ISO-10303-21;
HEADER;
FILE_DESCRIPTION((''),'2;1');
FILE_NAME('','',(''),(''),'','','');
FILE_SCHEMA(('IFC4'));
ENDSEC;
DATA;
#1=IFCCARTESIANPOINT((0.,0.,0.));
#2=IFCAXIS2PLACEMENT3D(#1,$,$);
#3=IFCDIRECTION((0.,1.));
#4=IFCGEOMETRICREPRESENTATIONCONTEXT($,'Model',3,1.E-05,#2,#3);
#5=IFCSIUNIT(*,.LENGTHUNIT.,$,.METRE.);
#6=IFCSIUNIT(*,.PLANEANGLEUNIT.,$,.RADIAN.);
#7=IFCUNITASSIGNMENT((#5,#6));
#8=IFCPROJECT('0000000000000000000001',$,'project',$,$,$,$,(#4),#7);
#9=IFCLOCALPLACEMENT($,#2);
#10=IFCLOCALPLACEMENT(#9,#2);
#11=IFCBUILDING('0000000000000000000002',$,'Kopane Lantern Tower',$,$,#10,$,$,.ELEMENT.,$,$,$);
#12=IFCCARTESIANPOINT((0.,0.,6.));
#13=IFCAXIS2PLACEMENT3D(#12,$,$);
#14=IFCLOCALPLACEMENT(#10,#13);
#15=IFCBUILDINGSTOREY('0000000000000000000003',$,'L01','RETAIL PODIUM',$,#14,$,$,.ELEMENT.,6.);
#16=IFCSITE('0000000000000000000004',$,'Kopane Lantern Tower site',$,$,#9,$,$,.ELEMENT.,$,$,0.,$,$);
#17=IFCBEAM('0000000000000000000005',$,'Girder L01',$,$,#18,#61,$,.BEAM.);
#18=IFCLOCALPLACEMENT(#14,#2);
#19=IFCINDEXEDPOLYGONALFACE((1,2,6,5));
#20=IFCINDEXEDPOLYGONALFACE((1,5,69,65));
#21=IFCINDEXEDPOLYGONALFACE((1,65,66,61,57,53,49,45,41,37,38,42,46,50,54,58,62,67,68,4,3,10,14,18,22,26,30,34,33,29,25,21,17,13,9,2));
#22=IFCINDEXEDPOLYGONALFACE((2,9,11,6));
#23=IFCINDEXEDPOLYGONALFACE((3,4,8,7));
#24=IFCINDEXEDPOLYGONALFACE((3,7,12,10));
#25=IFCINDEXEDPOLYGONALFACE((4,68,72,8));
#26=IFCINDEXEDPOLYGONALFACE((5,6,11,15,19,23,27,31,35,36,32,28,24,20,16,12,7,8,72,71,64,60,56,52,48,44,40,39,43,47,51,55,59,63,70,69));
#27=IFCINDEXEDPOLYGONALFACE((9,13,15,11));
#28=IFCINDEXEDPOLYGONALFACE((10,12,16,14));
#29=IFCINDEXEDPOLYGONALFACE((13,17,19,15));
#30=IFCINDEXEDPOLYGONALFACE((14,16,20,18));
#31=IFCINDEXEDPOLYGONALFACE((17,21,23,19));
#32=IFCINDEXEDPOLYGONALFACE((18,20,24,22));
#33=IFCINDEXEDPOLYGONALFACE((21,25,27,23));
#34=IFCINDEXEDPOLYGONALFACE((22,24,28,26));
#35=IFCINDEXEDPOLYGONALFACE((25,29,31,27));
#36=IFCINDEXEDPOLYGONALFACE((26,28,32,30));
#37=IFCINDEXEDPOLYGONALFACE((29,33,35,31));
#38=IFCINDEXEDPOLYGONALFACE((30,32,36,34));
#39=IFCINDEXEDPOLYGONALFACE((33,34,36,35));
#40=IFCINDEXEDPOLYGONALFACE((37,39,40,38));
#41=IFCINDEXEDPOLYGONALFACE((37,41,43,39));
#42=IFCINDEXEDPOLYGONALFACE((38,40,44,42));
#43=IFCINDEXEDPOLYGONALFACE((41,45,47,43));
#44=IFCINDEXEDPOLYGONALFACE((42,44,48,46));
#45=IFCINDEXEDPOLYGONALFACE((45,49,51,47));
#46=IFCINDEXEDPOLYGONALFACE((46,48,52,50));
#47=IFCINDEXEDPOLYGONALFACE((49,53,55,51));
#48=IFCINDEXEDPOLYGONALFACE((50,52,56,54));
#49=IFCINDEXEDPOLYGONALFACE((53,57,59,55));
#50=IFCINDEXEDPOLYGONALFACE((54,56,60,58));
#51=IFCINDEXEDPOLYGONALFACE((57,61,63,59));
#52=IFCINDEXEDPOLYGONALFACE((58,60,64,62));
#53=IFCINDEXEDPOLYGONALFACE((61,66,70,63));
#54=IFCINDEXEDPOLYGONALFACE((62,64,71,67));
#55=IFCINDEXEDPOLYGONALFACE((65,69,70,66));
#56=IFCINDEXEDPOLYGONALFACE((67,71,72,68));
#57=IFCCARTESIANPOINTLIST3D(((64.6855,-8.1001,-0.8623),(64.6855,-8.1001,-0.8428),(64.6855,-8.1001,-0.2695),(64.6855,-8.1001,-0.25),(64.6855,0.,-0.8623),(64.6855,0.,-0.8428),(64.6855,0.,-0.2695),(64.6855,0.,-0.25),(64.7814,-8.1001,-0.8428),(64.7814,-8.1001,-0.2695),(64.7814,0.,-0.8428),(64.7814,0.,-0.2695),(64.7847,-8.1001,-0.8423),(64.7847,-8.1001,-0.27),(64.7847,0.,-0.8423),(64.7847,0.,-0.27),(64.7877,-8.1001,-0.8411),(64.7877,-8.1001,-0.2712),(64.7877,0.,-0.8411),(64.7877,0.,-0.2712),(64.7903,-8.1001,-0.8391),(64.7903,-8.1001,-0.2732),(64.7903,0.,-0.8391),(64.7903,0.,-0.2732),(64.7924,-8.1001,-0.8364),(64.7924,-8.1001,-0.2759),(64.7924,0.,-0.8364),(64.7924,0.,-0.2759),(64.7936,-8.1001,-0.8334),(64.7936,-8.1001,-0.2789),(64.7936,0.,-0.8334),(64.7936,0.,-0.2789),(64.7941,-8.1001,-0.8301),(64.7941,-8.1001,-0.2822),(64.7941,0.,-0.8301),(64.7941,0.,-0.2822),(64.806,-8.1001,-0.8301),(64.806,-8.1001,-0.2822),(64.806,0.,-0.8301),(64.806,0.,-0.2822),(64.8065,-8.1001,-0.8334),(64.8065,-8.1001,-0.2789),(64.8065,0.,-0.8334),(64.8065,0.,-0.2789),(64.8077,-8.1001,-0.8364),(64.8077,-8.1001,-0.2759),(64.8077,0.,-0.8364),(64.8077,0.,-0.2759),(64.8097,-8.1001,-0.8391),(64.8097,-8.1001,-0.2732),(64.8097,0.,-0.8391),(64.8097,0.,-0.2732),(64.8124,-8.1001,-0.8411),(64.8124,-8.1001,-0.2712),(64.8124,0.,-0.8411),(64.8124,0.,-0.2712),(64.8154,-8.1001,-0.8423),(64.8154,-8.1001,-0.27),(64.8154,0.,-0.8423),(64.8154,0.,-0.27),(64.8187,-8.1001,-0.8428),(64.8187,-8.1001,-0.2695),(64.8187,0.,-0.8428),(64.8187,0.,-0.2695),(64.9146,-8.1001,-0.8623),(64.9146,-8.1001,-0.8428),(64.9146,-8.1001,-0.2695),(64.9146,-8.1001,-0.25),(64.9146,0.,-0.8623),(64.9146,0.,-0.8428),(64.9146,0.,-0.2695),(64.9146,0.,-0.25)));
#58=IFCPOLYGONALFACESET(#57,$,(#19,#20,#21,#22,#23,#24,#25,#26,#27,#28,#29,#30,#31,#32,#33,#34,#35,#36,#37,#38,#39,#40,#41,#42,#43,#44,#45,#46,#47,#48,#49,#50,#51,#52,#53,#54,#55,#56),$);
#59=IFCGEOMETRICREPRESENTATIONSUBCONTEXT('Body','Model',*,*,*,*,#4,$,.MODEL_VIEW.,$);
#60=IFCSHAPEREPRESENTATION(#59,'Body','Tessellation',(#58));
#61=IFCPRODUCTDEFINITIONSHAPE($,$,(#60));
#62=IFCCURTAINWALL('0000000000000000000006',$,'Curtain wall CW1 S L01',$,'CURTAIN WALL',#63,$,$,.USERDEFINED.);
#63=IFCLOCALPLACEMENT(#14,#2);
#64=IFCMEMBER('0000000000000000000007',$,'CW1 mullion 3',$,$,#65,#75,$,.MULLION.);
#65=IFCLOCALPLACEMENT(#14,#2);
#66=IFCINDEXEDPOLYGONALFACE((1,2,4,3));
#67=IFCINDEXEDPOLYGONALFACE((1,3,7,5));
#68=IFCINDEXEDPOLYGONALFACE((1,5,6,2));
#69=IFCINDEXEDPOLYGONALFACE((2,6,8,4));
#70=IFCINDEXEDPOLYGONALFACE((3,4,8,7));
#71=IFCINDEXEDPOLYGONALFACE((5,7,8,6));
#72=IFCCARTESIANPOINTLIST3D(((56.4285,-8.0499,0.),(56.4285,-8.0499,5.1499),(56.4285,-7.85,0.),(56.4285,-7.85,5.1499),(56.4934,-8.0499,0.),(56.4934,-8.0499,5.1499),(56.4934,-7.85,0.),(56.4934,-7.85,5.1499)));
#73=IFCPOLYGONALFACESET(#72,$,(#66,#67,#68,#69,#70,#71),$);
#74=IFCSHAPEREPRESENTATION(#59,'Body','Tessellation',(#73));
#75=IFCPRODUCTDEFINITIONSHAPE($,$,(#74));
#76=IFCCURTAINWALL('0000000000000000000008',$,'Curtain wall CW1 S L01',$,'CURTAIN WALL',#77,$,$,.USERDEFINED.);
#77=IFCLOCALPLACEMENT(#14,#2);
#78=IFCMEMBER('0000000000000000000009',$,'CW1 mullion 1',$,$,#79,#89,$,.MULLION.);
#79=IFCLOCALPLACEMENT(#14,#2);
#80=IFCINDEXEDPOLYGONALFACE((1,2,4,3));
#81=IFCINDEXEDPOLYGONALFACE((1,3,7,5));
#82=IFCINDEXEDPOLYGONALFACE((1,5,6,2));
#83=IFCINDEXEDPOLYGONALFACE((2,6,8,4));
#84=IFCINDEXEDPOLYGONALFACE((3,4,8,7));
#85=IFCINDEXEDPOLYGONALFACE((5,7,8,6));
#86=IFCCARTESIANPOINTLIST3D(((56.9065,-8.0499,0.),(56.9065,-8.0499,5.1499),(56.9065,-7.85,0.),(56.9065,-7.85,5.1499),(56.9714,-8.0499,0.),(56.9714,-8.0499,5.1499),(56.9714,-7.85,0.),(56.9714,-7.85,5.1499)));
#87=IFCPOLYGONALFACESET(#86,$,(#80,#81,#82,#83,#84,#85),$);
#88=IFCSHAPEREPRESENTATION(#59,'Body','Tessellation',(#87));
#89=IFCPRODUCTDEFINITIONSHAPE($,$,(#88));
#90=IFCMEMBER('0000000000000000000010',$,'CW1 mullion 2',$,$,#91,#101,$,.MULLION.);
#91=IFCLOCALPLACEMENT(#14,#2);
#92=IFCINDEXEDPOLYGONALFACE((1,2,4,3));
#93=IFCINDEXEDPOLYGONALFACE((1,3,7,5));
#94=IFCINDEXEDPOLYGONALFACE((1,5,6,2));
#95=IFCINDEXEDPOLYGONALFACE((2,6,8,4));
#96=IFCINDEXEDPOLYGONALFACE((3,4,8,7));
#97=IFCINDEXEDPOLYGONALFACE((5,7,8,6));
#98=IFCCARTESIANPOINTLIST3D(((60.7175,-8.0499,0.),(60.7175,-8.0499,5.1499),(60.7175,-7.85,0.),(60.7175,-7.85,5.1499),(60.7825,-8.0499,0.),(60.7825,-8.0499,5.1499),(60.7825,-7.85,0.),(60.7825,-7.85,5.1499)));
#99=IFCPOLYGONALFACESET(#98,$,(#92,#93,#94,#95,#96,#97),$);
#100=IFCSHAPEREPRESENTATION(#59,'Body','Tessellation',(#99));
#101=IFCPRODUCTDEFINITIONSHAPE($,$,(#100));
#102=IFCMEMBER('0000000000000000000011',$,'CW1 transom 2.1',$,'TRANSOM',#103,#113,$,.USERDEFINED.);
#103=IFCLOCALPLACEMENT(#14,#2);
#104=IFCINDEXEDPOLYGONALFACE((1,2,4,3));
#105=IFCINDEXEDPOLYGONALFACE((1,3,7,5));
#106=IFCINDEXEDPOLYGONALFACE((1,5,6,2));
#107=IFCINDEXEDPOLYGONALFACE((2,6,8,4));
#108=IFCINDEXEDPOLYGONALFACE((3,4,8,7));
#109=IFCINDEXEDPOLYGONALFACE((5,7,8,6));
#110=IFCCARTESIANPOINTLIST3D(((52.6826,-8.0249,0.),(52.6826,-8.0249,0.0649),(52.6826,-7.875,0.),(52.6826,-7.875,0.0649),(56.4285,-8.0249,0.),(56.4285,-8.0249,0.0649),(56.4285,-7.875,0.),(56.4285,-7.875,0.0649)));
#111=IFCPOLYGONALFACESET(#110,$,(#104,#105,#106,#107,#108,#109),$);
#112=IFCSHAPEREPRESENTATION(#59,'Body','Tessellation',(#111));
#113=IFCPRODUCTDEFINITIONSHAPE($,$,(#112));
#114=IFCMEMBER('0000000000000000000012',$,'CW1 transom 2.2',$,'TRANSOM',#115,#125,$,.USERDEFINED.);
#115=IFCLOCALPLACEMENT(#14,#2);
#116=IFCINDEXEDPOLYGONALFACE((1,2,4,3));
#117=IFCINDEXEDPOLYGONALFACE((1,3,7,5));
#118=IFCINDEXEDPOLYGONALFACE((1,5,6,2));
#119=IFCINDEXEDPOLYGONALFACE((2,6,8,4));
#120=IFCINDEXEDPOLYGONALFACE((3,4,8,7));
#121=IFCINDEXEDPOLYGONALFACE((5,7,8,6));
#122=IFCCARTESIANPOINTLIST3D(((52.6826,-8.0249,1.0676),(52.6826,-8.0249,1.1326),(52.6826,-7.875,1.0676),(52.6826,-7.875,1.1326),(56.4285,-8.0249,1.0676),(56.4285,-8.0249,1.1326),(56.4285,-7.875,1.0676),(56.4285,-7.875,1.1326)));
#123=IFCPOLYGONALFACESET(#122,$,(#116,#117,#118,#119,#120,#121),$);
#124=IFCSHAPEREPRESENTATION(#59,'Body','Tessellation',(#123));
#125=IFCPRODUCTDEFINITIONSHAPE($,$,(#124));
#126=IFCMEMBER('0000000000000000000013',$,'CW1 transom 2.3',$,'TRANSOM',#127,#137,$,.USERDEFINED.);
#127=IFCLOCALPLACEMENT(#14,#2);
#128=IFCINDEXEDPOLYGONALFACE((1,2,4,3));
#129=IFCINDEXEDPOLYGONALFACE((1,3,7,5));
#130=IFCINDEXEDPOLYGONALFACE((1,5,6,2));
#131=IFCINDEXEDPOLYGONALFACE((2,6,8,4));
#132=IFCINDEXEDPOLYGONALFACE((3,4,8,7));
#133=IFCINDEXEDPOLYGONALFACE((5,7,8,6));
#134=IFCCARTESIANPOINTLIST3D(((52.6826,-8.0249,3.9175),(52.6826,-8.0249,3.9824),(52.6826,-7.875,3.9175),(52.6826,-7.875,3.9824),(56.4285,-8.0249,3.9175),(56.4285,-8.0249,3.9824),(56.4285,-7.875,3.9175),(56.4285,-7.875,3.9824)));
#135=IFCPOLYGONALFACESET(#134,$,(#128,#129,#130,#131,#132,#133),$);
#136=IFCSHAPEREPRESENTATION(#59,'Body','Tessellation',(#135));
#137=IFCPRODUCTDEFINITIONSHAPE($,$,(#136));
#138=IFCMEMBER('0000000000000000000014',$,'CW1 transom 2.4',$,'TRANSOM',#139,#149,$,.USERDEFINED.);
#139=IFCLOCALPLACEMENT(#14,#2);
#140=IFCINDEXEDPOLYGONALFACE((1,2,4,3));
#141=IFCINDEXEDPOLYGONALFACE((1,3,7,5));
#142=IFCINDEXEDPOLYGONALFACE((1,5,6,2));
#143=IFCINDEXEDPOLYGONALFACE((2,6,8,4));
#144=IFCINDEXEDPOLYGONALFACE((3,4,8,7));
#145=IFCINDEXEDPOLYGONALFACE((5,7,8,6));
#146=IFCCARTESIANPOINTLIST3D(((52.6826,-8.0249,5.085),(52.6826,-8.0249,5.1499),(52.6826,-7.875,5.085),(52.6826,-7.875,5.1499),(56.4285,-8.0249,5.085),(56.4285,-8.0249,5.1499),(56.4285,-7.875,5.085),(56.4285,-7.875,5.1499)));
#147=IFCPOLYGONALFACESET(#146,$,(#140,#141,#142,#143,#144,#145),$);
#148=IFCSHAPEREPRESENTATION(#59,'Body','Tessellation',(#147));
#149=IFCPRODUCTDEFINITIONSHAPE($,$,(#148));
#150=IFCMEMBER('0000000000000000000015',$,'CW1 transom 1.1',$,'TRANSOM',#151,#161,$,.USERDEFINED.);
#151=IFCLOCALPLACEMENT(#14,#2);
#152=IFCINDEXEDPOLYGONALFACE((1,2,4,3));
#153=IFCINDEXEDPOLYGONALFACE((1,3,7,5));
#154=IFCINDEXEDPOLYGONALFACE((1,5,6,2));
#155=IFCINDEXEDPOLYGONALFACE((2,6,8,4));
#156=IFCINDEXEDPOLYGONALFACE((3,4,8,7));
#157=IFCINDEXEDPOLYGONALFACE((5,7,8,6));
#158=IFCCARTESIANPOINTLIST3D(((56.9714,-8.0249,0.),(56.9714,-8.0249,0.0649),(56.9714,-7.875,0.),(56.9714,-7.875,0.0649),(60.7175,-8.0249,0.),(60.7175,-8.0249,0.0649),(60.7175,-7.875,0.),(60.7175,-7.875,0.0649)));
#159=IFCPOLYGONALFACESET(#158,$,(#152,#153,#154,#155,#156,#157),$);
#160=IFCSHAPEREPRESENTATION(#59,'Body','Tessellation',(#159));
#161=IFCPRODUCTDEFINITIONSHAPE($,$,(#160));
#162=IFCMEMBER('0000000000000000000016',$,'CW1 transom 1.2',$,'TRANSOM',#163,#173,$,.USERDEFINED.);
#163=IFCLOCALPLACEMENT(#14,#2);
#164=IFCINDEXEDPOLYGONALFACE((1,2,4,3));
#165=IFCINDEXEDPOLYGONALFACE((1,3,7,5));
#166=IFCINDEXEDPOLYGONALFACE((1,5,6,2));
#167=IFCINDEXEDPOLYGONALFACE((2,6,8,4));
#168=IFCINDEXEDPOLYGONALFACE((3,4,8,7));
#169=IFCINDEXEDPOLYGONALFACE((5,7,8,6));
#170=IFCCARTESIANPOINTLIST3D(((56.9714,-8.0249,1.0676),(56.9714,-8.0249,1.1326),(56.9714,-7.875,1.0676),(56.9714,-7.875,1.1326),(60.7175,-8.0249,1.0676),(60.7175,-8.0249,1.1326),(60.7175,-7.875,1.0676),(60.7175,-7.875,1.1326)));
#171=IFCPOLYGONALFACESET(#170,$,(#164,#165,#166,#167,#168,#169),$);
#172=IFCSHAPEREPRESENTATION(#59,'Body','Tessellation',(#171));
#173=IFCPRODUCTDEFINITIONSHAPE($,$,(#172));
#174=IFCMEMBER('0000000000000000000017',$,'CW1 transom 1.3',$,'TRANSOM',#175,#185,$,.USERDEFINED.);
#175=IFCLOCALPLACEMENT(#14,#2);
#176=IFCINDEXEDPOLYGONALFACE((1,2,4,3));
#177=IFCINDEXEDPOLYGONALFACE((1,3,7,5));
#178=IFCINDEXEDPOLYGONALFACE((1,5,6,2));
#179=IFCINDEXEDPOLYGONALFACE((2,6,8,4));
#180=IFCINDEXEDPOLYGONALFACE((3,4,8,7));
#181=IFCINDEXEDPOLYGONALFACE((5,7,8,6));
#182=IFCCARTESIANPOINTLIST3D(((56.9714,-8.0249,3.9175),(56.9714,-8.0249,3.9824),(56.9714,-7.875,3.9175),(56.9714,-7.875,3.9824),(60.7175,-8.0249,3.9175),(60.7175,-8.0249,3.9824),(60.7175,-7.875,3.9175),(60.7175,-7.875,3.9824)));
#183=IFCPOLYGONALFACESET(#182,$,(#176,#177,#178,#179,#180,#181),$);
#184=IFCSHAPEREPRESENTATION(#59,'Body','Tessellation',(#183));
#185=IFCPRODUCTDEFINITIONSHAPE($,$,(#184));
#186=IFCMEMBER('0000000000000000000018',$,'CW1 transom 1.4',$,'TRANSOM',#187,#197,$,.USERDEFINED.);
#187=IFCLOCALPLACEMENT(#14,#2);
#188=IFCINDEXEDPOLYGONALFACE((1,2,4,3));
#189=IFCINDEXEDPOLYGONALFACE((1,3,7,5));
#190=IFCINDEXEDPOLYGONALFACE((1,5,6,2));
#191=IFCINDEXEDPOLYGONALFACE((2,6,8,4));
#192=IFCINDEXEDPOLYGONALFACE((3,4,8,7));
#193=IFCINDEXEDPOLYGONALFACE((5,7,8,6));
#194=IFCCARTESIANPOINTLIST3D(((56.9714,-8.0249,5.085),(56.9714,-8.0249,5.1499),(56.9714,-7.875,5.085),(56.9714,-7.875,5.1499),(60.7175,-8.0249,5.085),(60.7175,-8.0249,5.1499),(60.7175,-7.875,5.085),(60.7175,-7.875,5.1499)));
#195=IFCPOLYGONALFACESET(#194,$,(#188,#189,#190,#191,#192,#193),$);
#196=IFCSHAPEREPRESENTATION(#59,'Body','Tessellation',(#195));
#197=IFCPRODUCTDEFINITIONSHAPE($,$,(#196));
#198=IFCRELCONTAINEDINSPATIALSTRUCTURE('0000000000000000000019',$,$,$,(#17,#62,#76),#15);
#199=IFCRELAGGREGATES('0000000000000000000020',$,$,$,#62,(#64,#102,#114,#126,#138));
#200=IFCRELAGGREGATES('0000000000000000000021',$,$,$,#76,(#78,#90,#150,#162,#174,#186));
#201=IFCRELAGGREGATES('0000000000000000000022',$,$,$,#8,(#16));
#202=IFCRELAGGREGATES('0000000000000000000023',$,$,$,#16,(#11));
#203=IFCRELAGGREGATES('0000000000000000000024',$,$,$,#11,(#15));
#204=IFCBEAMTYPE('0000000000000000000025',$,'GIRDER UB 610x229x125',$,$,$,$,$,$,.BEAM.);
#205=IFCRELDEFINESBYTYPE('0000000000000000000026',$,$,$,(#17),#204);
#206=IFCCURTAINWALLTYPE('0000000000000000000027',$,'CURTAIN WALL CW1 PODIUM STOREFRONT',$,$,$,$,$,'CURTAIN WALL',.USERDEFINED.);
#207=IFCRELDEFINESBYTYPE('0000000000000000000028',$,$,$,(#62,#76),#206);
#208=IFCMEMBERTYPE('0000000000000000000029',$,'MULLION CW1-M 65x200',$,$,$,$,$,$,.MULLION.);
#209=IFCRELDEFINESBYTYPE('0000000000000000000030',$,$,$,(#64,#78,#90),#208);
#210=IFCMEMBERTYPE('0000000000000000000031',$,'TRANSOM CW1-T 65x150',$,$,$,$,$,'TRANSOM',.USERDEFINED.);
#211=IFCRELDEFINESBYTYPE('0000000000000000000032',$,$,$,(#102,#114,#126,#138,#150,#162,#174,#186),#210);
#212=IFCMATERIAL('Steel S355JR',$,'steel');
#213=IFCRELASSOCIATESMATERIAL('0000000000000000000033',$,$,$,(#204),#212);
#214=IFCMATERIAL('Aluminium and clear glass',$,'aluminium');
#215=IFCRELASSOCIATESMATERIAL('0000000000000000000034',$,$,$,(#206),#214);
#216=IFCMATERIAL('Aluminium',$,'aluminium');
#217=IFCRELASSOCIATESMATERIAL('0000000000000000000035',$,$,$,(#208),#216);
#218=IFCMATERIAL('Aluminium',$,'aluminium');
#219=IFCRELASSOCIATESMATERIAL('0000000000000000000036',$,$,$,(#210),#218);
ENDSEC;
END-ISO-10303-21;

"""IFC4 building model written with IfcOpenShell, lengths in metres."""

from ifc_helpers import new_model, si_unit, direction, frame, origin, origin_2d, place, context, subcontext, project, spatial, rectangle, i_section, extrude, material, material_profile, profile_set, type_object, element, aggregate, save


model = new_model("IFC4")

# Units and contexts
model_context = context("Model", 3, precision=1e-05, world=origin(), true_north=direction((0.0, 1.0)))
body_context = subcontext(model_context, "Body", "Model", "MODEL_VIEW")
ifc_project = project(units=[si_unit("LENGTHUNIT", "METRE"), si_unit("PLANEANGLEUNIT", "RADIAN")], contexts=[model_context])

# Site, building, storey
site_placement = place(None, origin())
site = spatial("IfcSite", under=ifc_project, at=site_placement, Name="Kopane Lantern Tower site", CompositionType="ELEMENT", RefElevation=0.0)
building_placement = place(site_placement, origin())
building = spatial("IfcBuilding", under=site, at=building_placement, Name="Kopane Lantern Tower", CompositionType="ELEMENT")
storey_placement = place(building_placement, frame((0.0, 0.0, 6.0)))
storey = spatial("IfcBuildingStorey", under=building, at=storey_placement, Name="L01", Description="RETAIL PODIUM", CompositionType="ELEMENT", Elevation=6.0)

# Beam
ifc_material_1 = material(Name="Steel S355JR", Category="steel")
ifc_material_profile_1 = material_profile(ifc_material_1, i_section(OverallWidth=0.229, OverallDepth=0.6123, WebThickness=0.012, FlangeThickness=0.0195, FilletRadius=0.0127, at=origin_2d()), Name="UB 610x229x125")
ifc_profile_set_1 = profile_set([ifc_material_profile_1], Name="Steel S355JR")
beam_type = type_object("IfcBeamType", Name="GIRDER UB 610x229x125", PredefinedType="BEAM", material=ifc_profile_set_1)
for number, where, z_axis, x_axis, name in (
    (1, (64.8, -8.1001, -0.5562), (0.0, 1.0, 0.0), (-1.0, 0.0, 0.0), "Girder L01"),
):
    element("IfcBeam", number, at=place(storey_placement, frame(where, z_axis=z_axis, x_axis=x_axis)), inside=storey, type_object=beam_type, Name=name, PredefinedType="BEAM", context=body_context, shape_type="SweptSolid", body=[
        extrude(i_section(OverallWidth=0.229, OverallDepth=0.6123, WebThickness=0.012, FlangeThickness=0.0195, FilletRadius=0.0127, at=origin_2d()), origin(), (0.0, 0.0, 1.0), 8.1001),
    ])

# Curtain wall, member
ifc_material_2 = material(Name="Aluminium and clear glass", Category="aluminium")
curtain_wall_type = type_object("IfcCurtainWallType", Name="CURTAIN WALL CW1 PODIUM STOREFRONT", ElementType="CURTAIN WALL", PredefinedType="USERDEFINED", material=ifc_material_2)
curtain_wall_1_placement = place(storey_placement, origin())
curtain_wall_1 = element("IfcCurtainWall", 2, at=curtain_wall_1_placement, inside=storey, type_object=curtain_wall_type, Name="Curtain wall CW1 S L01", ObjectType="CURTAIN WALL", PredefinedType="USERDEFINED")
ifc_material_3 = material(Name="Aluminium", Category="aluminium")
ifc_material_profile_2 = material_profile(ifc_material_3, rectangle(XDim=0.0649, YDim=0.2, at=origin_2d()), Name="AL 65x200")
ifc_profile_set_2 = profile_set([ifc_material_profile_2], Name="Aluminium")
member_type_1 = type_object("IfcMemberType", Name="MULLION CW1-M 65x200", PredefinedType="MULLION", material=ifc_profile_set_2)
member_1_placement = place(storey_placement, frame((56.4609, -7.95, 0.0), z_axis=(0.0, 0.0, 1.0), x_axis=(1.0, 0.0, 0.0)))
member_1 = element("IfcMember", 3, at=member_1_placement, type_object=member_type_1, Name="CW1 mullion 3", PredefinedType="MULLION", context=body_context, shape_type="SweptSolid", body=[
    extrude(rectangle(XDim=0.0649, YDim=0.2, at=origin_2d()), origin(), (0.0, 0.0, 1.0), 5.1499),
])

# Curtain wall, members
curtain_wall_2_placement = place(storey_placement, origin())
curtain_wall_2 = element("IfcCurtainWall", 4, at=curtain_wall_2_placement, inside=storey, type_object=curtain_wall_type, Name="Curtain wall CW1 S L01", ObjectType="CURTAIN WALL", PredefinedType="USERDEFINED")
member_2_placement = place(storey_placement, frame((56.939, -7.95, 0.0), z_axis=(0.0, 0.0, 1.0), x_axis=(1.0, 0.0, 0.0)))
member_2 = element("IfcMember", 5, at=member_2_placement, type_object=member_type_1, Name="CW1 mullion 1", PredefinedType="MULLION", context=body_context, shape_type="SweptSolid", body=[
    extrude(rectangle(XDim=0.0649, YDim=0.2, at=origin_2d()), origin(), (0.0, 0.0, 1.0), 5.1499),
])
member_3_placement = place(storey_placement, frame((60.75, -7.95, 0.0), z_axis=(0.0, 0.0, 1.0), x_axis=(1.0, 0.0, 0.0)))
member_3 = element("IfcMember", 6, at=member_3_placement, type_object=member_type_1, Name="CW1 mullion 2", PredefinedType="MULLION", context=body_context, shape_type="SweptSolid", body=[
    extrude(rectangle(XDim=0.0649, YDim=0.2, at=origin_2d()), origin(), (0.0, 0.0, 1.0), 5.1499),
])

# Members
ifc_material_4 = material(Name="Aluminium", Category="aluminium")
ifc_material_profile_3 = material_profile(ifc_material_4, rectangle(XDim=0.1499, YDim=0.0649, at=origin_2d()), Name="AL 150x65")
ifc_profile_set_3 = profile_set([ifc_material_profile_3], Name="Aluminium")
member_type_2 = type_object("IfcMemberType", Name="TRANSOM CW1-T 65x150", ElementType="TRANSOM", PredefinedType="USERDEFINED", material=ifc_profile_set_3)
member_4_placement = place(storey_placement, frame((52.6826, -7.95, 0.0325), z_axis=(1.0, 0.0, 0.0), x_axis=(0.0, 1.0, 0.0)))
member_4 = element("IfcMember", 7, at=member_4_placement, type_object=member_type_2, Name="CW1 transom 2.1", ObjectType="TRANSOM", PredefinedType="USERDEFINED", context=body_context, shape_type="SweptSolid", body=[
    extrude(rectangle(XDim=0.1499, YDim=0.0649, at=origin_2d()), origin(), (0.0, 0.0, 1.0), 3.7458),
])
member_5_placement = place(storey_placement, frame((52.6826, -7.95, 1.1001), z_axis=(1.0, 0.0, 0.0), x_axis=(0.0, 1.0, 0.0)))
member_5 = element("IfcMember", 8, at=member_5_placement, type_object=member_type_2, Name="CW1 transom 2.2", ObjectType="TRANSOM", PredefinedType="USERDEFINED", context=body_context, shape_type="SweptSolid", body=[
    extrude(rectangle(XDim=0.1499, YDim=0.0649, at=origin_2d()), origin(), (0.0, 0.0, 1.0), 3.7458),
])
member_6_placement = place(storey_placement, frame((52.6826, -7.95, 3.95), z_axis=(1.0, 0.0, 0.0), x_axis=(0.0, 1.0, 0.0)))
member_6 = element("IfcMember", 9, at=member_6_placement, type_object=member_type_2, Name="CW1 transom 2.3", ObjectType="TRANSOM", PredefinedType="USERDEFINED", context=body_context, shape_type="SweptSolid", body=[
    extrude(rectangle(XDim=0.1499, YDim=0.0649, at=origin_2d()), origin(), (0.0, 0.0, 1.0), 3.7458),
])
member_7_placement = place(storey_placement, frame((52.6826, -7.95, 5.1174), z_axis=(1.0, 0.0, 0.0), x_axis=(0.0, 1.0, 0.0)))
member_7 = element("IfcMember", 10, at=member_7_placement, type_object=member_type_2, Name="CW1 transom 2.4", ObjectType="TRANSOM", PredefinedType="USERDEFINED", context=body_context, shape_type="SweptSolid", body=[
    extrude(rectangle(XDim=0.1499, YDim=0.0649, at=origin_2d()), origin(), (0.0, 0.0, 1.0), 3.7458),
])
member_8_placement = place(storey_placement, frame((56.9714, -7.95, 0.0325), z_axis=(1.0, 0.0, 0.0), x_axis=(0.0, 1.0, 0.0)))
member_8 = element("IfcMember", 11, at=member_8_placement, type_object=member_type_2, Name="CW1 transom 1.1", ObjectType="TRANSOM", PredefinedType="USERDEFINED", context=body_context, shape_type="SweptSolid", body=[
    extrude(rectangle(XDim=0.1499, YDim=0.0649, at=origin_2d()), origin(), (0.0, 0.0, 1.0), 3.7461),
])
member_9_placement = place(storey_placement, frame((56.9714, -7.95, 1.1001), z_axis=(1.0, 0.0, 0.0), x_axis=(0.0, 1.0, 0.0)))
member_9 = element("IfcMember", 12, at=member_9_placement, type_object=member_type_2, Name="CW1 transom 1.2", ObjectType="TRANSOM", PredefinedType="USERDEFINED", context=body_context, shape_type="SweptSolid", body=[
    extrude(rectangle(XDim=0.1499, YDim=0.0649, at=origin_2d()), origin(), (0.0, 0.0, 1.0), 3.7461),
])
member_10_placement = place(storey_placement, frame((56.9714, -7.95, 3.95), z_axis=(1.0, 0.0, 0.0), x_axis=(0.0, 1.0, 0.0)))
member_10 = element("IfcMember", 13, at=member_10_placement, type_object=member_type_2, Name="CW1 transom 1.3", ObjectType="TRANSOM", PredefinedType="USERDEFINED", context=body_context, shape_type="SweptSolid", body=[
    extrude(rectangle(XDim=0.1499, YDim=0.0649, at=origin_2d()), origin(), (0.0, 0.0, 1.0), 3.7461),
])
member_11_placement = place(storey_placement, frame((56.9714, -7.95, 5.1174), z_axis=(1.0, 0.0, 0.0), x_axis=(0.0, 1.0, 0.0)))
member_11 = element("IfcMember", 14, at=member_11_placement, type_object=member_type_2, Name="CW1 transom 1.4", ObjectType="TRANSOM", PredefinedType="USERDEFINED", context=body_context, shape_type="SweptSolid", body=[
    extrude(rectangle(XDim=0.1499, YDim=0.0649, at=origin_2d()), origin(), (0.0, 0.0, 1.0), 3.7461),
])

aggregate(curtain_wall_1, [member_1, member_4, member_5, member_6, member_7])
aggregate(curtain_wall_2, [member_2, member_3, member_8, member_9, member_10, member_11])

save(model, "model.ifc")
